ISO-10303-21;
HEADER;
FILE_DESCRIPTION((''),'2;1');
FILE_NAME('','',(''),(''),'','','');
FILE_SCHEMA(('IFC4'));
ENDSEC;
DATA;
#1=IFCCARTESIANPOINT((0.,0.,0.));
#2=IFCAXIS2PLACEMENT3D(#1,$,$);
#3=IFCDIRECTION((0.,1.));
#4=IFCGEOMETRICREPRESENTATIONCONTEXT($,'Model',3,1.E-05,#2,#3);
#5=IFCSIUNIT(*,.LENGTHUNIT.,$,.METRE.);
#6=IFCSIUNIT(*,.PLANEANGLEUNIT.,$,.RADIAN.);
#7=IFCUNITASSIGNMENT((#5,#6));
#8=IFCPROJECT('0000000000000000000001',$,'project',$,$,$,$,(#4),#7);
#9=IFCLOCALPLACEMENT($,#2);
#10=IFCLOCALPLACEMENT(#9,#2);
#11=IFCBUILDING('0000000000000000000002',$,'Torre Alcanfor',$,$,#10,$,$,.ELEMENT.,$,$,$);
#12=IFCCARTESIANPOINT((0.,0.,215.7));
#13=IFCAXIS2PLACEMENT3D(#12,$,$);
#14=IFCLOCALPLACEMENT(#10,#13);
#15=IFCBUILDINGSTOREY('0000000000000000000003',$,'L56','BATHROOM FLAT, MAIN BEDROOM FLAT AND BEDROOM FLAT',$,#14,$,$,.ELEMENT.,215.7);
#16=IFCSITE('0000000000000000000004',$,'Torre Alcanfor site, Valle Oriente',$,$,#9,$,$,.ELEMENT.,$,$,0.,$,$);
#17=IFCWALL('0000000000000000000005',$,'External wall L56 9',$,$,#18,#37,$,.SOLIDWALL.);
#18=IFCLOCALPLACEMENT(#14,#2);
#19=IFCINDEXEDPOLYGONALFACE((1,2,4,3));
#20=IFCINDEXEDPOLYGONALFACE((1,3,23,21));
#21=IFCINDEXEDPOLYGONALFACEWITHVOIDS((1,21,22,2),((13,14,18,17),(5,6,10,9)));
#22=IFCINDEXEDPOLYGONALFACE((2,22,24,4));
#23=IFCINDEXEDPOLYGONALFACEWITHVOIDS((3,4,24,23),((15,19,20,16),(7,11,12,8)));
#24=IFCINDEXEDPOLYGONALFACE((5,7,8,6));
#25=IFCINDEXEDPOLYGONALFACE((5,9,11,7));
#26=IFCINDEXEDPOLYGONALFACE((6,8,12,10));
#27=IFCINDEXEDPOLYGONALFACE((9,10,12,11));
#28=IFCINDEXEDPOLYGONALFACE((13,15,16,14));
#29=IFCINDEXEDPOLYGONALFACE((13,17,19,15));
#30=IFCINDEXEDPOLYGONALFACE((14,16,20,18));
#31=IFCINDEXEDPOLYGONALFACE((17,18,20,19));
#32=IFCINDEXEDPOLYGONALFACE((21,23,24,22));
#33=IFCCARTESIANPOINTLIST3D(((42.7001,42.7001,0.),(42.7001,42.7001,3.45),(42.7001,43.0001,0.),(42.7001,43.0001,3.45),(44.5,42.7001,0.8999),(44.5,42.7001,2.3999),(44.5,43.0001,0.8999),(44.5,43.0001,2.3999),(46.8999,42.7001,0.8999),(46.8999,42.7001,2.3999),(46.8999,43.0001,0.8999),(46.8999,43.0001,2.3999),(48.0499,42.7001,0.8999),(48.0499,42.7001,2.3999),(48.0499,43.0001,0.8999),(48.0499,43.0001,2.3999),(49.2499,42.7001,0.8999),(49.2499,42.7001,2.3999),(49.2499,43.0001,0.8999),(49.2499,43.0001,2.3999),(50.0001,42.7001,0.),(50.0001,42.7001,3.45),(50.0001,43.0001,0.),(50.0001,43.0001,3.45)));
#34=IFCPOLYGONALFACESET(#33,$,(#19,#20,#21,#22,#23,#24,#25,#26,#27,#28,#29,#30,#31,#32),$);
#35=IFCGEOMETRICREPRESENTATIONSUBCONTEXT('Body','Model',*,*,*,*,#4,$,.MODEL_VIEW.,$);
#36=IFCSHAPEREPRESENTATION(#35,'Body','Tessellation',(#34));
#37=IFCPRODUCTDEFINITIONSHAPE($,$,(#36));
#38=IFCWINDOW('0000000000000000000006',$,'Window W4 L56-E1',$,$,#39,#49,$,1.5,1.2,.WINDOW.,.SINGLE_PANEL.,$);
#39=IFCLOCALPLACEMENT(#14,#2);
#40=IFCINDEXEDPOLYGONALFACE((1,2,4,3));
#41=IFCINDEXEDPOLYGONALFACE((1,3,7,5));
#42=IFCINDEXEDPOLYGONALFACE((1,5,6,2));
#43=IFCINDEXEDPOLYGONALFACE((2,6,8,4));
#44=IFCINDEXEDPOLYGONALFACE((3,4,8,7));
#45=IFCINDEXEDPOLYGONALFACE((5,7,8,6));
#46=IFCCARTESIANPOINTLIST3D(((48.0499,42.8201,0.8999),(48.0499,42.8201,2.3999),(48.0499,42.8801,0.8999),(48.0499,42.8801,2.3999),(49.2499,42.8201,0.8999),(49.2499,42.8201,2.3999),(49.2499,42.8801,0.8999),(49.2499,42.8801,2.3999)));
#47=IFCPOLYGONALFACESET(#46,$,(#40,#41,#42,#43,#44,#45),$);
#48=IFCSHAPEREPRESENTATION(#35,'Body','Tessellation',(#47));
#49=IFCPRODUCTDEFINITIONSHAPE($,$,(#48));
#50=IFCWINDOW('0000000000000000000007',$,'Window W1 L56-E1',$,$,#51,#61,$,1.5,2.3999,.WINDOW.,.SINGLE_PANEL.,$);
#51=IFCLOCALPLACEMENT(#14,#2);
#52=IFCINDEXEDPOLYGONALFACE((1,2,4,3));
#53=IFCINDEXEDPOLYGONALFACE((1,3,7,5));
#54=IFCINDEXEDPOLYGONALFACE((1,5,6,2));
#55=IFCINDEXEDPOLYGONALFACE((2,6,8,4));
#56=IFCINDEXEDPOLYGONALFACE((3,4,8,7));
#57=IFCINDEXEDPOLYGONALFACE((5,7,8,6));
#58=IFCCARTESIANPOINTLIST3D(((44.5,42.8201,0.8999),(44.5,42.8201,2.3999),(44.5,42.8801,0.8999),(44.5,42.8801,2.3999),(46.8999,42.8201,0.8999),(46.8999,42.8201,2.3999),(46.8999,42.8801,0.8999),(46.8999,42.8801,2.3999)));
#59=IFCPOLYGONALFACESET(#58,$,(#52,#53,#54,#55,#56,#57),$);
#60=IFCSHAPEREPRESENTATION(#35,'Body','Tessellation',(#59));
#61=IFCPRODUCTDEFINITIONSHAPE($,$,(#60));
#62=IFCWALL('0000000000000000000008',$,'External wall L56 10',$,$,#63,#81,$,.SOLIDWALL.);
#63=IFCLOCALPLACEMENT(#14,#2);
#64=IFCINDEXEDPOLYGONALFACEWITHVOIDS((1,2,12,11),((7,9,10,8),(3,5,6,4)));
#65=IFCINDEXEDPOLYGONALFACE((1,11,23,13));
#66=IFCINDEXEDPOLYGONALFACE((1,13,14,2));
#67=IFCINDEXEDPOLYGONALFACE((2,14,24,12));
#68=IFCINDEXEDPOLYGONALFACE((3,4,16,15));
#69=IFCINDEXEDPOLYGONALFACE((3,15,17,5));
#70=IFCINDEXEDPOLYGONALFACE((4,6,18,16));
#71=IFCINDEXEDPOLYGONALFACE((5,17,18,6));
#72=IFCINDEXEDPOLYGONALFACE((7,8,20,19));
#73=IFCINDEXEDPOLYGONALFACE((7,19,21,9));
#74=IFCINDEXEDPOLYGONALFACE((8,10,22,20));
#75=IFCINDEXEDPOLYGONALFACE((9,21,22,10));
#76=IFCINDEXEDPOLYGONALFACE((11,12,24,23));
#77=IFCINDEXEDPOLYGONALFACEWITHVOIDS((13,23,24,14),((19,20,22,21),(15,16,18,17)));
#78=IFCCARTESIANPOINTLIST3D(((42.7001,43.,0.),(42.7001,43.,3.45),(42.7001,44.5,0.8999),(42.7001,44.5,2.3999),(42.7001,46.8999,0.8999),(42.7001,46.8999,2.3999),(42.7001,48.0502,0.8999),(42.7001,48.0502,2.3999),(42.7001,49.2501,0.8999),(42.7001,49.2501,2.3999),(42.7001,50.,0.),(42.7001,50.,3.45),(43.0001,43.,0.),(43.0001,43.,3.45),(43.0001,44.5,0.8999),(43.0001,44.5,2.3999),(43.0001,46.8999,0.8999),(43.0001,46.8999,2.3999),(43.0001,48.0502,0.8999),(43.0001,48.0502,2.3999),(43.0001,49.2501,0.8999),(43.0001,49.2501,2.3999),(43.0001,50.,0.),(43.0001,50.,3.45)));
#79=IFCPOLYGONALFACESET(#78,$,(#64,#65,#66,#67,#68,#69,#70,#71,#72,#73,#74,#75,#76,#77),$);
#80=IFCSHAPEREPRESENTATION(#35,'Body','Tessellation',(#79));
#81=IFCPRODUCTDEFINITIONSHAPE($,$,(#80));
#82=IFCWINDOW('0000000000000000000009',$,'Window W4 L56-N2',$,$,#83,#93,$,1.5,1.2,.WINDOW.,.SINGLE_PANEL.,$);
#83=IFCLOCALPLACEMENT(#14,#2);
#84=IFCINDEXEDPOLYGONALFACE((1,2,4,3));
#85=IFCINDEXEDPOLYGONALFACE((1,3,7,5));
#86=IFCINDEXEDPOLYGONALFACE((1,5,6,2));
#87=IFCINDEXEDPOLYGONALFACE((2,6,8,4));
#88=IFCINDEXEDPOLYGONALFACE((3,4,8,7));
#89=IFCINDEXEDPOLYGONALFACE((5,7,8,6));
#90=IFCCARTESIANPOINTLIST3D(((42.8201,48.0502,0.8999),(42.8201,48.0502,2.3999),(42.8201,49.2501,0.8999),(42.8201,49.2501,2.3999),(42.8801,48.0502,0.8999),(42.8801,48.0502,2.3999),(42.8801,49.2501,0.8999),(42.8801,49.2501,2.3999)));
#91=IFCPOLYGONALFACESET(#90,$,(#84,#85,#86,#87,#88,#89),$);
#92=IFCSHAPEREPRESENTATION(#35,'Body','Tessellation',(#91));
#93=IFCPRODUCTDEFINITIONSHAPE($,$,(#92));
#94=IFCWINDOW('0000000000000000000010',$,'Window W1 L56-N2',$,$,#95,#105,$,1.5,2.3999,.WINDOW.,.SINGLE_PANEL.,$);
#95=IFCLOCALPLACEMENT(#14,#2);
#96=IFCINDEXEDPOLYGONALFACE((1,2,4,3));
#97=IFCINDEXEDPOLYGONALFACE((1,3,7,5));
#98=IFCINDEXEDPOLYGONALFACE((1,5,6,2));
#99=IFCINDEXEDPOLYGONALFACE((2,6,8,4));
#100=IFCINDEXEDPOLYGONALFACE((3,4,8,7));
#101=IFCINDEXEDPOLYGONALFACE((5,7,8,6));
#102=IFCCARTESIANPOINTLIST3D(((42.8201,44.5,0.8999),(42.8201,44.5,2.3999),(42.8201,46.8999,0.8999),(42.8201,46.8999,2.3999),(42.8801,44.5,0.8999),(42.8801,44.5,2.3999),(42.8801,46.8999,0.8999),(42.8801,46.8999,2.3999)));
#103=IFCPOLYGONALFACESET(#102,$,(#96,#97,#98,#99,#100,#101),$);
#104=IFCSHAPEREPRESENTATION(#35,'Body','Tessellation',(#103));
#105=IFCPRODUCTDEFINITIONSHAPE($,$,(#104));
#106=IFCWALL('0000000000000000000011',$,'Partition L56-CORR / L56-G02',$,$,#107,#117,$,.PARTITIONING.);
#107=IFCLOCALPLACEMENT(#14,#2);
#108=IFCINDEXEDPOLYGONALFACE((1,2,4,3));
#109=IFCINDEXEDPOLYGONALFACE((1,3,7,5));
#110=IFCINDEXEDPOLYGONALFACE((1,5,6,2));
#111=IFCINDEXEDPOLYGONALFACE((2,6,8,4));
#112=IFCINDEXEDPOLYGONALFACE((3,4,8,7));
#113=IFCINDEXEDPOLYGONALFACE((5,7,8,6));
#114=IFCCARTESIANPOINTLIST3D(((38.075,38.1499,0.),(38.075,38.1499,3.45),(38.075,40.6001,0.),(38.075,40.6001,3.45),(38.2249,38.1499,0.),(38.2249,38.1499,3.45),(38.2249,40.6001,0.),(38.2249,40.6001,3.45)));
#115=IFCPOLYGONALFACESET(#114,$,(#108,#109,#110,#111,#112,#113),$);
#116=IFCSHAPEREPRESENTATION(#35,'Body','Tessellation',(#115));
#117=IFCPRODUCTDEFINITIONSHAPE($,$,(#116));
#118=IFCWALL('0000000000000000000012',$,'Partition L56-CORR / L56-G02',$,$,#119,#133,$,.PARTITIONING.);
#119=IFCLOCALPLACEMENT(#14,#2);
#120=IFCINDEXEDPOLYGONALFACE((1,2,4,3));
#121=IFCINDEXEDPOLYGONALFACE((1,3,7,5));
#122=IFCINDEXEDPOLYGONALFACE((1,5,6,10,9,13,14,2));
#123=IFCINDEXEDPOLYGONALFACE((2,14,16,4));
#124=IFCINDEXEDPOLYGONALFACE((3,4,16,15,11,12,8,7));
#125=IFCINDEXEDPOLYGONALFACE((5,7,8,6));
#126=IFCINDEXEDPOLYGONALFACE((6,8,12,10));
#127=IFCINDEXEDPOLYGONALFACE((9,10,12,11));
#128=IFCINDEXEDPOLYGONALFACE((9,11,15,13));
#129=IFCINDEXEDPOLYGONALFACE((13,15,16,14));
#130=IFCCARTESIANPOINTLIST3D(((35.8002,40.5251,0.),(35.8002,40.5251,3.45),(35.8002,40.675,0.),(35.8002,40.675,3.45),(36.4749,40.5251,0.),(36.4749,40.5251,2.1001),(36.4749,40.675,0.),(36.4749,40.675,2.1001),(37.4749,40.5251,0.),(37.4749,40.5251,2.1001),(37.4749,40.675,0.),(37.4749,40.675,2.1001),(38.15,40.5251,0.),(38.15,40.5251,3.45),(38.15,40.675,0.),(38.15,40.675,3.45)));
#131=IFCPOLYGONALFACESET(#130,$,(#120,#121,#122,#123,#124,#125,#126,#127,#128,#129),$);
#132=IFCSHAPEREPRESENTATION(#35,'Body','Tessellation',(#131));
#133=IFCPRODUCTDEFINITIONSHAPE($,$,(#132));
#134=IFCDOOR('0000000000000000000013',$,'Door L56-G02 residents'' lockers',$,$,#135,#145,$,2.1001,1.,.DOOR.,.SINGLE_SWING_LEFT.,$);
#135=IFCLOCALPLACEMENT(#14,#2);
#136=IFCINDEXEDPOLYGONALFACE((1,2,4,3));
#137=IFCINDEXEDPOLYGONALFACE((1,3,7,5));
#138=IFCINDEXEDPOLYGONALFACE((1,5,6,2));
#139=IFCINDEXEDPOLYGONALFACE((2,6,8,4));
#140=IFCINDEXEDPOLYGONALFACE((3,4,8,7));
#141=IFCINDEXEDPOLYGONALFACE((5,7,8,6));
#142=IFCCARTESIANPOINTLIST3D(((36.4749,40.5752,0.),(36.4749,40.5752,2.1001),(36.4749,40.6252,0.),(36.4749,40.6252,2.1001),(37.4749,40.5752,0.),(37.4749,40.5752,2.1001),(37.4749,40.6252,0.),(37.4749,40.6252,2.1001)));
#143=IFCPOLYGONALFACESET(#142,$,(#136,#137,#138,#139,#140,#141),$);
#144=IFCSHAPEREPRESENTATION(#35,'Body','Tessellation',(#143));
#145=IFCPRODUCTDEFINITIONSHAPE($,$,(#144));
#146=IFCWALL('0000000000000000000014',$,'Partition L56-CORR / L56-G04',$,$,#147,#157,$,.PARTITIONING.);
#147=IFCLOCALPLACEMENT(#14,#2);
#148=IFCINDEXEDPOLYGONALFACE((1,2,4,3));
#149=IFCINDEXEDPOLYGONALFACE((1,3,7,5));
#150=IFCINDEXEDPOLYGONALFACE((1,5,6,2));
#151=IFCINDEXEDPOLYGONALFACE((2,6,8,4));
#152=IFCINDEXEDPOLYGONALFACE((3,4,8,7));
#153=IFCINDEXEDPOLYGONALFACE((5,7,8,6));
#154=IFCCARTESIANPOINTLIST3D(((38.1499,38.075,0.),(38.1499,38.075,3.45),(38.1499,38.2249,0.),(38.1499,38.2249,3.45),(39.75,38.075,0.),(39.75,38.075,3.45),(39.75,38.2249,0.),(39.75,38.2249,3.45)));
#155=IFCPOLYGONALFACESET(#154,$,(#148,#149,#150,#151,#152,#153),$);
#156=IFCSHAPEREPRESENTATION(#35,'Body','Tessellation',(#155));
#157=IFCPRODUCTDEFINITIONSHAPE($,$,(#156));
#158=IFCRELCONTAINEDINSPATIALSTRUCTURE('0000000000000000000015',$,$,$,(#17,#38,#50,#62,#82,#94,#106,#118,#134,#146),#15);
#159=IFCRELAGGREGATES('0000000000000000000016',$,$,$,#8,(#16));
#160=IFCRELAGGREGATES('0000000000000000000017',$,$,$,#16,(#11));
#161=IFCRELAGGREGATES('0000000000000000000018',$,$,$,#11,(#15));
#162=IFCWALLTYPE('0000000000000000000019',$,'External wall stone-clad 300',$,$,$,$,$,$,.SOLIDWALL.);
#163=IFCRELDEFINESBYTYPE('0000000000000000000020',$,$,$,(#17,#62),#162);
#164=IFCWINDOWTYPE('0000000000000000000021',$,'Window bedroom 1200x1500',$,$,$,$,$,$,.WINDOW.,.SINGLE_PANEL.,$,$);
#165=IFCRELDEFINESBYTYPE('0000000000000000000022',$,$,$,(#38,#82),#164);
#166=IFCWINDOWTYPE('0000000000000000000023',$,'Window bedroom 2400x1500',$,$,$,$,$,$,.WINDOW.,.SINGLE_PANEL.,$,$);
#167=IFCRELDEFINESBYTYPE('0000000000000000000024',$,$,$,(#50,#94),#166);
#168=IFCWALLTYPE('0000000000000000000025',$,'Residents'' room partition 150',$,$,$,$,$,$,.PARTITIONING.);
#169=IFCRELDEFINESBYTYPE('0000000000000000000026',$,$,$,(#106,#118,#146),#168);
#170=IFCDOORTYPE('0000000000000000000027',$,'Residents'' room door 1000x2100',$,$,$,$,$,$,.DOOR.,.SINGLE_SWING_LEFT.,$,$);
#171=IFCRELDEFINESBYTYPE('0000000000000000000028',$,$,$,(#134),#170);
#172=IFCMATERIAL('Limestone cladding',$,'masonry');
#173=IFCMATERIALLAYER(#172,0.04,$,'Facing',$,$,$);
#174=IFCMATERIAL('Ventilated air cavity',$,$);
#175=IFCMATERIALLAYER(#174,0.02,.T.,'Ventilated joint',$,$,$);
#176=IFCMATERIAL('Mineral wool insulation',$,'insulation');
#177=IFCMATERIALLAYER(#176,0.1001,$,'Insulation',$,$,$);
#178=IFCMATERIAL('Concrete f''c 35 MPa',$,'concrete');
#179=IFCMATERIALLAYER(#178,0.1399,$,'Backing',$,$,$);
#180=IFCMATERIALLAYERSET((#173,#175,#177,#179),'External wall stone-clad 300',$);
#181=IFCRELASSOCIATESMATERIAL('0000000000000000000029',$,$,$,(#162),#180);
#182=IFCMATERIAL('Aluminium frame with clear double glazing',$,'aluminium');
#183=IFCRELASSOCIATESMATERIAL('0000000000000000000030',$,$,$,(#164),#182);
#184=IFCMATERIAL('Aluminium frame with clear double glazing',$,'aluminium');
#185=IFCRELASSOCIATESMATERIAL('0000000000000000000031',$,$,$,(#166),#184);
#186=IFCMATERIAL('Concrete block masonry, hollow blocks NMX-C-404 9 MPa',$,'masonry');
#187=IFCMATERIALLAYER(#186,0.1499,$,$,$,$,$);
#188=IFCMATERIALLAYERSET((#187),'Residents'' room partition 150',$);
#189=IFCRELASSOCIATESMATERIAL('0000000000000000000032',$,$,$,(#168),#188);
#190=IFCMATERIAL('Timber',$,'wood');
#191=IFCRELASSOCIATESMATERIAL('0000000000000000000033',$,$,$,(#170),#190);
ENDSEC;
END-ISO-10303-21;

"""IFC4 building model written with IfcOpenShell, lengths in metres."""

from ifc_helpers import new_model, si_unit, direction, frame, frame_2d, origin, place, context, subcontext, project, spatial, rectangle, extrude, material, layer, layer_set, type_object, element, fill, save


model = new_model("IFC4")

# Units and contexts
model_context = context("Model", 3, precision=1e-05, world=origin(), true_north=direction((0.0, 1.0)))
body_context = subcontext(model_context, "Body", "Model", "MODEL_VIEW")
ifc_project = project(units=[si_unit("LENGTHUNIT", "METRE"), si_unit("PLANEANGLEUNIT", "RADIAN")], contexts=[model_context])

# Site, building, storey
site_placement = place(None, origin())
site = spatial("IfcSite", under=ifc_project, at=site_placement, Name="Torre Alcanfor site, Valle Oriente", CompositionType="ELEMENT", RefElevation=0.0)
building_placement = place(site_placement, origin())
building = spatial("IfcBuilding", under=site, at=building_placement, Name="Torre Alcanfor", CompositionType="ELEMENT")
storey_placement = place(building_placement, frame((0.0, 0.0, 215.7)))
storey = spatial("IfcBuildingStorey", under=building, at=storey_placement, Name="L56", Description="BATHROOM FLAT, MAIN BEDROOM FLAT AND BEDROOM FLAT", CompositionType="ELEMENT", Elevation=215.7)

# Walls, openings, windows
ifc_material_1 = material(Name="Limestone cladding", Category="masonry")
ifc_layer_1 = layer(ifc_material_1, 0.04, Name="Facing")
ifc_material_2 = material(Name="Ventilated air cavity")
ifc_layer_2 = layer(ifc_material_2, 0.02, ventilated=True, Name="Ventilated joint")
ifc_material_3 = material(Name="Mineral wool insulation", Category="insulation")
ifc_layer_3 = layer(ifc_material_3, 0.1001, Name="Insulation")
ifc_material_4 = material(Name="Concrete f'c 35 MPa", Category="concrete")
ifc_layer_4 = layer(ifc_material_4, 0.1399, Name="Backing")
ifc_layer_set_1 = layer_set([ifc_layer_1, ifc_layer_2, ifc_layer_3, ifc_layer_4], Name="External wall stone-clad 300")
wall_type_1 = type_object("IfcWallType", Name="External wall stone-clad 300", PredefinedType="SOLIDWALL", material=ifc_layer_set_1)
wall_1_placement = place(storey_placement, frame((50.0, 42.8501, 0.0), z_axis=(0.0, 0.0, 1.0), x_axis=(-1.0, 0.0, 0.0)))
wall_1 = element("IfcWall", 1, at=wall_1_placement, inside=storey, type_object=wall_type_1, Name="External wall L56 9", PredefinedType="SOLIDWALL", context=body_context, shape_type="SweptSolid", body=[
    extrude(rectangle(XDim=7.3, YDim=0.3, at=frame_2d((3.6499, 0.0))), origin(), (0.0, 0.0, 1.0), 3.45),
])
opening_1_placement = place(wall_1_placement, frame((3.1001, 0.0, 0.8999)))
opening_1 = element("IfcOpeningElement", 2, at=opening_1_placement, cuts=wall_1, PredefinedType="OPENING", context=body_context, shape_type="SweptSolid", body=[
    extrude(rectangle(XDim=2.3999, YDim=1.5, at=frame_2d((1.2, 0.75))), frame((0.0, 0.1599, 0.0), z_axis=(0.0, -1.0, 0.0), x_axis=(1.0, 0.0, 0.0)), (0.0, 0.0, 1.0), 0.3201),
])
opening_2_placement = place(wall_1_placement, frame((0.75, 0.0, 0.8999)))
opening_2 = element("IfcOpeningElement", 3, at=opening_2_placement, cuts=wall_1, PredefinedType="OPENING", context=body_context, shape_type="SweptSolid", body=[
    extrude(rectangle(XDim=1.2, YDim=1.5, at=frame_2d((0.6001, 0.75))), frame((0.0, 0.1599, 0.0), z_axis=(0.0, -1.0, 0.0), x_axis=(1.0, 0.0, 0.0)), (0.0, 0.0, 1.0), 0.3201),
])
ifc_material_5 = material(Name="Aluminium frame with clear double glazing", Category="aluminium")
window_type_1 = type_object("IfcWindowType", Name="Window bedroom 1200x1500", PartitioningType="SINGLE_PANEL", PredefinedType="WINDOW", material=ifc_material_5)
window_1_placement = place(opening_2_placement, origin())
window_1 = element("IfcWindow", 4, at=window_1_placement, inside=storey, type_object=window_type_1, Name="Window W4 L56-E1", OverallHeight=1.5, OverallWidth=1.2, PartitioningType="SINGLE_PANEL", PredefinedType="WINDOW", context=body_context, shape_type="SweptSolid", body=[
    extrude(rectangle(XDim=1.2, YDim=1.5, at=frame_2d((0.6001, 0.75))), frame((0.0, 0.03, 0.0), z_axis=(0.0, -1.0, 0.0), x_axis=(1.0, 0.0, 0.0)), (0.0, 0.0, 1.0), 0.0601),
])
fill(opening_2, window_1)
ifc_material_6 = material(Name="Aluminium frame with clear double glazing", Category="aluminium")
window_type_2 = type_object("IfcWindowType", Name="Window bedroom 2400x1500", PartitioningType="SINGLE_PANEL", PredefinedType="WINDOW", material=ifc_material_6)
window_2_placement = place(opening_1_placement, origin())
window_2 = element("IfcWindow", 5, at=window_2_placement, inside=storey, type_object=window_type_2, Name="Window W1 L56-E1", OverallHeight=1.5, OverallWidth=2.3999, PartitioningType="SINGLE_PANEL", PredefinedType="WINDOW", context=body_context, shape_type="SweptSolid", body=[
    extrude(rectangle(XDim=2.3999, YDim=1.5, at=frame_2d((1.2, 0.75))), frame((0.0, 0.03, 0.0), z_axis=(0.0, -1.0, 0.0), x_axis=(1.0, 0.0, 0.0)), (0.0, 0.0, 1.0), 0.0601),
])
fill(opening_1, window_2)
wall_2_placement = place(storey_placement, frame((42.8501, 43.0, 0.0), z_axis=(0.0, 0.0, 1.0), x_axis=(0.0, 1.0, 0.0)))
wall_2 = element("IfcWall", 6, at=wall_2_placement, inside=storey, type_object=wall_type_1, Name="External wall L56 10", PredefinedType="SOLIDWALL", context=body_context, shape_type="SweptSolid", body=[
    extrude(rectangle(XDim=7.0, YDim=0.3, at=frame_2d((3.5, 0.0))), origin(), (0.0, 0.0, 1.0), 3.45),
])
opening_3_placement = place(wall_2_placement, frame((1.5, 0.0, 0.8999)))
opening_3 = element("IfcOpeningElement", 7, at=opening_3_placement, cuts=wall_2, PredefinedType="OPENING", context=body_context, shape_type="SweptSolid", body=[
    extrude(rectangle(XDim=2.3999, YDim=1.5, at=frame_2d((1.2, 0.75))), frame((0.0, 0.1599, 0.0), z_axis=(0.0, -1.0, 0.0), x_axis=(1.0, 0.0, 0.0)), (0.0, 0.0, 1.0), 0.3201),
])
opening_4_placement = place(wall_2_placement, frame((5.05, 0.0, 0.8999)))
opening_4 = element("IfcOpeningElement", 8, at=opening_4_placement, cuts=wall_2, PredefinedType="OPENING", context=body_context, shape_type="SweptSolid", body=[
    extrude(rectangle(XDim=1.2, YDim=1.5, at=frame_2d((0.6001, 0.75))), frame((0.0, 0.1599, 0.0), z_axis=(0.0, -1.0, 0.0), x_axis=(1.0, 0.0, 0.0)), (0.0, 0.0, 1.0), 0.3201),
])
window_3_placement = place(opening_4_placement, origin())
window_3 = element("IfcWindow", 9, at=window_3_placement, inside=storey, type_object=window_type_1, Name="Window W4 L56-N2", OverallHeight=1.5, OverallWidth=1.2, PartitioningType="SINGLE_PANEL", PredefinedType="WINDOW", context=body_context, shape_type="SweptSolid", body=[
    extrude(rectangle(XDim=1.2, YDim=1.5, at=frame_2d((0.6001, 0.75))), frame((0.0, 0.03, 0.0), z_axis=(0.0, -1.0, 0.0), x_axis=(1.0, 0.0, 0.0)), (0.0, 0.0, 1.0), 0.0601),
])
fill(opening_4, window_3)
window_4_placement = place(opening_3_placement, origin())
window_4 = element("IfcWindow", 10, at=window_4_placement, inside=storey, type_object=window_type_2, Name="Window W1 L56-N2", OverallHeight=1.5, OverallWidth=2.3999, PartitioningType="SINGLE_PANEL", PredefinedType="WINDOW", context=body_context, shape_type="SweptSolid", body=[
    extrude(rectangle(XDim=2.3999, YDim=1.5, at=frame_2d((1.2, 0.75))), frame((0.0, 0.03, 0.0), z_axis=(0.0, -1.0, 0.0), x_axis=(1.0, 0.0, 0.0)), (0.0, 0.0, 1.0), 0.0601),
])
fill(opening_3, window_4)

# Wall
ifc_material_7 = material(Name="Concrete block masonry, hollow blocks NMX-C-404 9 MPa", Category="masonry")
ifc_layer_5 = layer(ifc_material_7, 0.1499)
ifc_layer_set_2 = layer_set([ifc_layer_5], Name="Residents' room partition 150")
wall_type_2 = type_object("IfcWallType", Name="Residents' room partition 150", PredefinedType="PARTITIONING", material=ifc_layer_set_2)
wall_3_placement = place(storey_placement, frame((38.1499, 38.1499, 0.0), z_axis=(0.0, 0.0, 1.0), x_axis=(0.0, 1.0, 0.0)))
element("IfcWall", 11, at=wall_3_placement, inside=storey, type_object=wall_type_2, Name="Partition L56-CORR / L56-G02", PredefinedType="PARTITIONING", context=body_context, shape_type="SweptSolid", body=[
    extrude(rectangle(XDim=2.4502, YDim=0.1499, at=frame_2d((1.2251, 0.0))), origin(), (0.0, 0.0, 1.0), 3.45),
])

# Wall, opening, door
wall_4_placement = place(storey_placement, frame((38.1499, 40.6001, 0.0), z_axis=(0.0, 0.0, 1.0), x_axis=(-1.0, 0.0, 0.0)))
wall_4 = element("IfcWall", 12, at=wall_4_placement, inside=storey, type_object=wall_type_2, Name="Partition L56-CORR / L56-G02", PredefinedType="PARTITIONING", context=body_context, shape_type="SweptSolid", body=[
    extrude(rectangle(XDim=2.3499, YDim=0.1499, at=frame_2d((1.1748, 0.0))), origin(), (0.0, 0.0, 1.0), 3.45),
])
opening_5_placement = place(wall_4_placement, frame((0.675, 0.0, 0.0)))
opening_5 = element("IfcOpeningElement", 13, at=opening_5_placement, cuts=wall_4, PredefinedType="OPENING", context=body_context, shape_type="SweptSolid", body=[
    extrude(rectangle(XDim=1.0, YDim=2.1001, at=frame_2d((0.5, 1.05))), frame((0.0, 0.085, 0.0), z_axis=(0.0, -1.0, 0.0), x_axis=(1.0, 0.0, 0.0)), (0.0, 0.0, 1.0), 0.1699),
])
ifc_material_8 = material(Name="Timber", Category="wood")
door_type = type_object("IfcDoorType", Name="Residents' room door 1000x2100", OperationType="SINGLE_SWING_LEFT", PredefinedType="DOOR", material=ifc_material_8)
door_placement = place(opening_5_placement, origin())
door = element("IfcDoor", 14, at=door_placement, inside=storey, type_object=door_type, Name="Door L56-G02 residents' lockers", OperationType="SINGLE_SWING_LEFT", OverallHeight=2.1001, OverallWidth=1.0, PredefinedType="DOOR", context=body_context, shape_type="SweptSolid", body=[
    extrude(rectangle(XDim=1.0, YDim=2.1001, at=frame_2d((0.5, 1.05))), frame((0.0, 0.0249, 0.0), z_axis=(0.0, -1.0, 0.0), x_axis=(1.0, 0.0, 0.0)), (0.0, 0.0, 1.0), 0.05),
])
fill(opening_5, door)

# Wall
wall_5_placement = place(storey_placement, frame((39.75, 38.1499, 0.0), z_axis=(0.0, 0.0, 1.0), x_axis=(-1.0, 0.0, 0.0)))
element("IfcWall", 15, at=wall_5_placement, inside=storey, type_object=wall_type_2, Name="Partition L56-CORR / L56-G04", PredefinedType="PARTITIONING", context=body_context, shape_type="SweptSolid", body=[
    extrude(rectangle(XDim=1.6001, YDim=0.1499, at=frame_2d((0.8, 0.0))), origin(), (0.0, 0.0, 1.0), 3.45),
])

save(model, "model.ifc")
